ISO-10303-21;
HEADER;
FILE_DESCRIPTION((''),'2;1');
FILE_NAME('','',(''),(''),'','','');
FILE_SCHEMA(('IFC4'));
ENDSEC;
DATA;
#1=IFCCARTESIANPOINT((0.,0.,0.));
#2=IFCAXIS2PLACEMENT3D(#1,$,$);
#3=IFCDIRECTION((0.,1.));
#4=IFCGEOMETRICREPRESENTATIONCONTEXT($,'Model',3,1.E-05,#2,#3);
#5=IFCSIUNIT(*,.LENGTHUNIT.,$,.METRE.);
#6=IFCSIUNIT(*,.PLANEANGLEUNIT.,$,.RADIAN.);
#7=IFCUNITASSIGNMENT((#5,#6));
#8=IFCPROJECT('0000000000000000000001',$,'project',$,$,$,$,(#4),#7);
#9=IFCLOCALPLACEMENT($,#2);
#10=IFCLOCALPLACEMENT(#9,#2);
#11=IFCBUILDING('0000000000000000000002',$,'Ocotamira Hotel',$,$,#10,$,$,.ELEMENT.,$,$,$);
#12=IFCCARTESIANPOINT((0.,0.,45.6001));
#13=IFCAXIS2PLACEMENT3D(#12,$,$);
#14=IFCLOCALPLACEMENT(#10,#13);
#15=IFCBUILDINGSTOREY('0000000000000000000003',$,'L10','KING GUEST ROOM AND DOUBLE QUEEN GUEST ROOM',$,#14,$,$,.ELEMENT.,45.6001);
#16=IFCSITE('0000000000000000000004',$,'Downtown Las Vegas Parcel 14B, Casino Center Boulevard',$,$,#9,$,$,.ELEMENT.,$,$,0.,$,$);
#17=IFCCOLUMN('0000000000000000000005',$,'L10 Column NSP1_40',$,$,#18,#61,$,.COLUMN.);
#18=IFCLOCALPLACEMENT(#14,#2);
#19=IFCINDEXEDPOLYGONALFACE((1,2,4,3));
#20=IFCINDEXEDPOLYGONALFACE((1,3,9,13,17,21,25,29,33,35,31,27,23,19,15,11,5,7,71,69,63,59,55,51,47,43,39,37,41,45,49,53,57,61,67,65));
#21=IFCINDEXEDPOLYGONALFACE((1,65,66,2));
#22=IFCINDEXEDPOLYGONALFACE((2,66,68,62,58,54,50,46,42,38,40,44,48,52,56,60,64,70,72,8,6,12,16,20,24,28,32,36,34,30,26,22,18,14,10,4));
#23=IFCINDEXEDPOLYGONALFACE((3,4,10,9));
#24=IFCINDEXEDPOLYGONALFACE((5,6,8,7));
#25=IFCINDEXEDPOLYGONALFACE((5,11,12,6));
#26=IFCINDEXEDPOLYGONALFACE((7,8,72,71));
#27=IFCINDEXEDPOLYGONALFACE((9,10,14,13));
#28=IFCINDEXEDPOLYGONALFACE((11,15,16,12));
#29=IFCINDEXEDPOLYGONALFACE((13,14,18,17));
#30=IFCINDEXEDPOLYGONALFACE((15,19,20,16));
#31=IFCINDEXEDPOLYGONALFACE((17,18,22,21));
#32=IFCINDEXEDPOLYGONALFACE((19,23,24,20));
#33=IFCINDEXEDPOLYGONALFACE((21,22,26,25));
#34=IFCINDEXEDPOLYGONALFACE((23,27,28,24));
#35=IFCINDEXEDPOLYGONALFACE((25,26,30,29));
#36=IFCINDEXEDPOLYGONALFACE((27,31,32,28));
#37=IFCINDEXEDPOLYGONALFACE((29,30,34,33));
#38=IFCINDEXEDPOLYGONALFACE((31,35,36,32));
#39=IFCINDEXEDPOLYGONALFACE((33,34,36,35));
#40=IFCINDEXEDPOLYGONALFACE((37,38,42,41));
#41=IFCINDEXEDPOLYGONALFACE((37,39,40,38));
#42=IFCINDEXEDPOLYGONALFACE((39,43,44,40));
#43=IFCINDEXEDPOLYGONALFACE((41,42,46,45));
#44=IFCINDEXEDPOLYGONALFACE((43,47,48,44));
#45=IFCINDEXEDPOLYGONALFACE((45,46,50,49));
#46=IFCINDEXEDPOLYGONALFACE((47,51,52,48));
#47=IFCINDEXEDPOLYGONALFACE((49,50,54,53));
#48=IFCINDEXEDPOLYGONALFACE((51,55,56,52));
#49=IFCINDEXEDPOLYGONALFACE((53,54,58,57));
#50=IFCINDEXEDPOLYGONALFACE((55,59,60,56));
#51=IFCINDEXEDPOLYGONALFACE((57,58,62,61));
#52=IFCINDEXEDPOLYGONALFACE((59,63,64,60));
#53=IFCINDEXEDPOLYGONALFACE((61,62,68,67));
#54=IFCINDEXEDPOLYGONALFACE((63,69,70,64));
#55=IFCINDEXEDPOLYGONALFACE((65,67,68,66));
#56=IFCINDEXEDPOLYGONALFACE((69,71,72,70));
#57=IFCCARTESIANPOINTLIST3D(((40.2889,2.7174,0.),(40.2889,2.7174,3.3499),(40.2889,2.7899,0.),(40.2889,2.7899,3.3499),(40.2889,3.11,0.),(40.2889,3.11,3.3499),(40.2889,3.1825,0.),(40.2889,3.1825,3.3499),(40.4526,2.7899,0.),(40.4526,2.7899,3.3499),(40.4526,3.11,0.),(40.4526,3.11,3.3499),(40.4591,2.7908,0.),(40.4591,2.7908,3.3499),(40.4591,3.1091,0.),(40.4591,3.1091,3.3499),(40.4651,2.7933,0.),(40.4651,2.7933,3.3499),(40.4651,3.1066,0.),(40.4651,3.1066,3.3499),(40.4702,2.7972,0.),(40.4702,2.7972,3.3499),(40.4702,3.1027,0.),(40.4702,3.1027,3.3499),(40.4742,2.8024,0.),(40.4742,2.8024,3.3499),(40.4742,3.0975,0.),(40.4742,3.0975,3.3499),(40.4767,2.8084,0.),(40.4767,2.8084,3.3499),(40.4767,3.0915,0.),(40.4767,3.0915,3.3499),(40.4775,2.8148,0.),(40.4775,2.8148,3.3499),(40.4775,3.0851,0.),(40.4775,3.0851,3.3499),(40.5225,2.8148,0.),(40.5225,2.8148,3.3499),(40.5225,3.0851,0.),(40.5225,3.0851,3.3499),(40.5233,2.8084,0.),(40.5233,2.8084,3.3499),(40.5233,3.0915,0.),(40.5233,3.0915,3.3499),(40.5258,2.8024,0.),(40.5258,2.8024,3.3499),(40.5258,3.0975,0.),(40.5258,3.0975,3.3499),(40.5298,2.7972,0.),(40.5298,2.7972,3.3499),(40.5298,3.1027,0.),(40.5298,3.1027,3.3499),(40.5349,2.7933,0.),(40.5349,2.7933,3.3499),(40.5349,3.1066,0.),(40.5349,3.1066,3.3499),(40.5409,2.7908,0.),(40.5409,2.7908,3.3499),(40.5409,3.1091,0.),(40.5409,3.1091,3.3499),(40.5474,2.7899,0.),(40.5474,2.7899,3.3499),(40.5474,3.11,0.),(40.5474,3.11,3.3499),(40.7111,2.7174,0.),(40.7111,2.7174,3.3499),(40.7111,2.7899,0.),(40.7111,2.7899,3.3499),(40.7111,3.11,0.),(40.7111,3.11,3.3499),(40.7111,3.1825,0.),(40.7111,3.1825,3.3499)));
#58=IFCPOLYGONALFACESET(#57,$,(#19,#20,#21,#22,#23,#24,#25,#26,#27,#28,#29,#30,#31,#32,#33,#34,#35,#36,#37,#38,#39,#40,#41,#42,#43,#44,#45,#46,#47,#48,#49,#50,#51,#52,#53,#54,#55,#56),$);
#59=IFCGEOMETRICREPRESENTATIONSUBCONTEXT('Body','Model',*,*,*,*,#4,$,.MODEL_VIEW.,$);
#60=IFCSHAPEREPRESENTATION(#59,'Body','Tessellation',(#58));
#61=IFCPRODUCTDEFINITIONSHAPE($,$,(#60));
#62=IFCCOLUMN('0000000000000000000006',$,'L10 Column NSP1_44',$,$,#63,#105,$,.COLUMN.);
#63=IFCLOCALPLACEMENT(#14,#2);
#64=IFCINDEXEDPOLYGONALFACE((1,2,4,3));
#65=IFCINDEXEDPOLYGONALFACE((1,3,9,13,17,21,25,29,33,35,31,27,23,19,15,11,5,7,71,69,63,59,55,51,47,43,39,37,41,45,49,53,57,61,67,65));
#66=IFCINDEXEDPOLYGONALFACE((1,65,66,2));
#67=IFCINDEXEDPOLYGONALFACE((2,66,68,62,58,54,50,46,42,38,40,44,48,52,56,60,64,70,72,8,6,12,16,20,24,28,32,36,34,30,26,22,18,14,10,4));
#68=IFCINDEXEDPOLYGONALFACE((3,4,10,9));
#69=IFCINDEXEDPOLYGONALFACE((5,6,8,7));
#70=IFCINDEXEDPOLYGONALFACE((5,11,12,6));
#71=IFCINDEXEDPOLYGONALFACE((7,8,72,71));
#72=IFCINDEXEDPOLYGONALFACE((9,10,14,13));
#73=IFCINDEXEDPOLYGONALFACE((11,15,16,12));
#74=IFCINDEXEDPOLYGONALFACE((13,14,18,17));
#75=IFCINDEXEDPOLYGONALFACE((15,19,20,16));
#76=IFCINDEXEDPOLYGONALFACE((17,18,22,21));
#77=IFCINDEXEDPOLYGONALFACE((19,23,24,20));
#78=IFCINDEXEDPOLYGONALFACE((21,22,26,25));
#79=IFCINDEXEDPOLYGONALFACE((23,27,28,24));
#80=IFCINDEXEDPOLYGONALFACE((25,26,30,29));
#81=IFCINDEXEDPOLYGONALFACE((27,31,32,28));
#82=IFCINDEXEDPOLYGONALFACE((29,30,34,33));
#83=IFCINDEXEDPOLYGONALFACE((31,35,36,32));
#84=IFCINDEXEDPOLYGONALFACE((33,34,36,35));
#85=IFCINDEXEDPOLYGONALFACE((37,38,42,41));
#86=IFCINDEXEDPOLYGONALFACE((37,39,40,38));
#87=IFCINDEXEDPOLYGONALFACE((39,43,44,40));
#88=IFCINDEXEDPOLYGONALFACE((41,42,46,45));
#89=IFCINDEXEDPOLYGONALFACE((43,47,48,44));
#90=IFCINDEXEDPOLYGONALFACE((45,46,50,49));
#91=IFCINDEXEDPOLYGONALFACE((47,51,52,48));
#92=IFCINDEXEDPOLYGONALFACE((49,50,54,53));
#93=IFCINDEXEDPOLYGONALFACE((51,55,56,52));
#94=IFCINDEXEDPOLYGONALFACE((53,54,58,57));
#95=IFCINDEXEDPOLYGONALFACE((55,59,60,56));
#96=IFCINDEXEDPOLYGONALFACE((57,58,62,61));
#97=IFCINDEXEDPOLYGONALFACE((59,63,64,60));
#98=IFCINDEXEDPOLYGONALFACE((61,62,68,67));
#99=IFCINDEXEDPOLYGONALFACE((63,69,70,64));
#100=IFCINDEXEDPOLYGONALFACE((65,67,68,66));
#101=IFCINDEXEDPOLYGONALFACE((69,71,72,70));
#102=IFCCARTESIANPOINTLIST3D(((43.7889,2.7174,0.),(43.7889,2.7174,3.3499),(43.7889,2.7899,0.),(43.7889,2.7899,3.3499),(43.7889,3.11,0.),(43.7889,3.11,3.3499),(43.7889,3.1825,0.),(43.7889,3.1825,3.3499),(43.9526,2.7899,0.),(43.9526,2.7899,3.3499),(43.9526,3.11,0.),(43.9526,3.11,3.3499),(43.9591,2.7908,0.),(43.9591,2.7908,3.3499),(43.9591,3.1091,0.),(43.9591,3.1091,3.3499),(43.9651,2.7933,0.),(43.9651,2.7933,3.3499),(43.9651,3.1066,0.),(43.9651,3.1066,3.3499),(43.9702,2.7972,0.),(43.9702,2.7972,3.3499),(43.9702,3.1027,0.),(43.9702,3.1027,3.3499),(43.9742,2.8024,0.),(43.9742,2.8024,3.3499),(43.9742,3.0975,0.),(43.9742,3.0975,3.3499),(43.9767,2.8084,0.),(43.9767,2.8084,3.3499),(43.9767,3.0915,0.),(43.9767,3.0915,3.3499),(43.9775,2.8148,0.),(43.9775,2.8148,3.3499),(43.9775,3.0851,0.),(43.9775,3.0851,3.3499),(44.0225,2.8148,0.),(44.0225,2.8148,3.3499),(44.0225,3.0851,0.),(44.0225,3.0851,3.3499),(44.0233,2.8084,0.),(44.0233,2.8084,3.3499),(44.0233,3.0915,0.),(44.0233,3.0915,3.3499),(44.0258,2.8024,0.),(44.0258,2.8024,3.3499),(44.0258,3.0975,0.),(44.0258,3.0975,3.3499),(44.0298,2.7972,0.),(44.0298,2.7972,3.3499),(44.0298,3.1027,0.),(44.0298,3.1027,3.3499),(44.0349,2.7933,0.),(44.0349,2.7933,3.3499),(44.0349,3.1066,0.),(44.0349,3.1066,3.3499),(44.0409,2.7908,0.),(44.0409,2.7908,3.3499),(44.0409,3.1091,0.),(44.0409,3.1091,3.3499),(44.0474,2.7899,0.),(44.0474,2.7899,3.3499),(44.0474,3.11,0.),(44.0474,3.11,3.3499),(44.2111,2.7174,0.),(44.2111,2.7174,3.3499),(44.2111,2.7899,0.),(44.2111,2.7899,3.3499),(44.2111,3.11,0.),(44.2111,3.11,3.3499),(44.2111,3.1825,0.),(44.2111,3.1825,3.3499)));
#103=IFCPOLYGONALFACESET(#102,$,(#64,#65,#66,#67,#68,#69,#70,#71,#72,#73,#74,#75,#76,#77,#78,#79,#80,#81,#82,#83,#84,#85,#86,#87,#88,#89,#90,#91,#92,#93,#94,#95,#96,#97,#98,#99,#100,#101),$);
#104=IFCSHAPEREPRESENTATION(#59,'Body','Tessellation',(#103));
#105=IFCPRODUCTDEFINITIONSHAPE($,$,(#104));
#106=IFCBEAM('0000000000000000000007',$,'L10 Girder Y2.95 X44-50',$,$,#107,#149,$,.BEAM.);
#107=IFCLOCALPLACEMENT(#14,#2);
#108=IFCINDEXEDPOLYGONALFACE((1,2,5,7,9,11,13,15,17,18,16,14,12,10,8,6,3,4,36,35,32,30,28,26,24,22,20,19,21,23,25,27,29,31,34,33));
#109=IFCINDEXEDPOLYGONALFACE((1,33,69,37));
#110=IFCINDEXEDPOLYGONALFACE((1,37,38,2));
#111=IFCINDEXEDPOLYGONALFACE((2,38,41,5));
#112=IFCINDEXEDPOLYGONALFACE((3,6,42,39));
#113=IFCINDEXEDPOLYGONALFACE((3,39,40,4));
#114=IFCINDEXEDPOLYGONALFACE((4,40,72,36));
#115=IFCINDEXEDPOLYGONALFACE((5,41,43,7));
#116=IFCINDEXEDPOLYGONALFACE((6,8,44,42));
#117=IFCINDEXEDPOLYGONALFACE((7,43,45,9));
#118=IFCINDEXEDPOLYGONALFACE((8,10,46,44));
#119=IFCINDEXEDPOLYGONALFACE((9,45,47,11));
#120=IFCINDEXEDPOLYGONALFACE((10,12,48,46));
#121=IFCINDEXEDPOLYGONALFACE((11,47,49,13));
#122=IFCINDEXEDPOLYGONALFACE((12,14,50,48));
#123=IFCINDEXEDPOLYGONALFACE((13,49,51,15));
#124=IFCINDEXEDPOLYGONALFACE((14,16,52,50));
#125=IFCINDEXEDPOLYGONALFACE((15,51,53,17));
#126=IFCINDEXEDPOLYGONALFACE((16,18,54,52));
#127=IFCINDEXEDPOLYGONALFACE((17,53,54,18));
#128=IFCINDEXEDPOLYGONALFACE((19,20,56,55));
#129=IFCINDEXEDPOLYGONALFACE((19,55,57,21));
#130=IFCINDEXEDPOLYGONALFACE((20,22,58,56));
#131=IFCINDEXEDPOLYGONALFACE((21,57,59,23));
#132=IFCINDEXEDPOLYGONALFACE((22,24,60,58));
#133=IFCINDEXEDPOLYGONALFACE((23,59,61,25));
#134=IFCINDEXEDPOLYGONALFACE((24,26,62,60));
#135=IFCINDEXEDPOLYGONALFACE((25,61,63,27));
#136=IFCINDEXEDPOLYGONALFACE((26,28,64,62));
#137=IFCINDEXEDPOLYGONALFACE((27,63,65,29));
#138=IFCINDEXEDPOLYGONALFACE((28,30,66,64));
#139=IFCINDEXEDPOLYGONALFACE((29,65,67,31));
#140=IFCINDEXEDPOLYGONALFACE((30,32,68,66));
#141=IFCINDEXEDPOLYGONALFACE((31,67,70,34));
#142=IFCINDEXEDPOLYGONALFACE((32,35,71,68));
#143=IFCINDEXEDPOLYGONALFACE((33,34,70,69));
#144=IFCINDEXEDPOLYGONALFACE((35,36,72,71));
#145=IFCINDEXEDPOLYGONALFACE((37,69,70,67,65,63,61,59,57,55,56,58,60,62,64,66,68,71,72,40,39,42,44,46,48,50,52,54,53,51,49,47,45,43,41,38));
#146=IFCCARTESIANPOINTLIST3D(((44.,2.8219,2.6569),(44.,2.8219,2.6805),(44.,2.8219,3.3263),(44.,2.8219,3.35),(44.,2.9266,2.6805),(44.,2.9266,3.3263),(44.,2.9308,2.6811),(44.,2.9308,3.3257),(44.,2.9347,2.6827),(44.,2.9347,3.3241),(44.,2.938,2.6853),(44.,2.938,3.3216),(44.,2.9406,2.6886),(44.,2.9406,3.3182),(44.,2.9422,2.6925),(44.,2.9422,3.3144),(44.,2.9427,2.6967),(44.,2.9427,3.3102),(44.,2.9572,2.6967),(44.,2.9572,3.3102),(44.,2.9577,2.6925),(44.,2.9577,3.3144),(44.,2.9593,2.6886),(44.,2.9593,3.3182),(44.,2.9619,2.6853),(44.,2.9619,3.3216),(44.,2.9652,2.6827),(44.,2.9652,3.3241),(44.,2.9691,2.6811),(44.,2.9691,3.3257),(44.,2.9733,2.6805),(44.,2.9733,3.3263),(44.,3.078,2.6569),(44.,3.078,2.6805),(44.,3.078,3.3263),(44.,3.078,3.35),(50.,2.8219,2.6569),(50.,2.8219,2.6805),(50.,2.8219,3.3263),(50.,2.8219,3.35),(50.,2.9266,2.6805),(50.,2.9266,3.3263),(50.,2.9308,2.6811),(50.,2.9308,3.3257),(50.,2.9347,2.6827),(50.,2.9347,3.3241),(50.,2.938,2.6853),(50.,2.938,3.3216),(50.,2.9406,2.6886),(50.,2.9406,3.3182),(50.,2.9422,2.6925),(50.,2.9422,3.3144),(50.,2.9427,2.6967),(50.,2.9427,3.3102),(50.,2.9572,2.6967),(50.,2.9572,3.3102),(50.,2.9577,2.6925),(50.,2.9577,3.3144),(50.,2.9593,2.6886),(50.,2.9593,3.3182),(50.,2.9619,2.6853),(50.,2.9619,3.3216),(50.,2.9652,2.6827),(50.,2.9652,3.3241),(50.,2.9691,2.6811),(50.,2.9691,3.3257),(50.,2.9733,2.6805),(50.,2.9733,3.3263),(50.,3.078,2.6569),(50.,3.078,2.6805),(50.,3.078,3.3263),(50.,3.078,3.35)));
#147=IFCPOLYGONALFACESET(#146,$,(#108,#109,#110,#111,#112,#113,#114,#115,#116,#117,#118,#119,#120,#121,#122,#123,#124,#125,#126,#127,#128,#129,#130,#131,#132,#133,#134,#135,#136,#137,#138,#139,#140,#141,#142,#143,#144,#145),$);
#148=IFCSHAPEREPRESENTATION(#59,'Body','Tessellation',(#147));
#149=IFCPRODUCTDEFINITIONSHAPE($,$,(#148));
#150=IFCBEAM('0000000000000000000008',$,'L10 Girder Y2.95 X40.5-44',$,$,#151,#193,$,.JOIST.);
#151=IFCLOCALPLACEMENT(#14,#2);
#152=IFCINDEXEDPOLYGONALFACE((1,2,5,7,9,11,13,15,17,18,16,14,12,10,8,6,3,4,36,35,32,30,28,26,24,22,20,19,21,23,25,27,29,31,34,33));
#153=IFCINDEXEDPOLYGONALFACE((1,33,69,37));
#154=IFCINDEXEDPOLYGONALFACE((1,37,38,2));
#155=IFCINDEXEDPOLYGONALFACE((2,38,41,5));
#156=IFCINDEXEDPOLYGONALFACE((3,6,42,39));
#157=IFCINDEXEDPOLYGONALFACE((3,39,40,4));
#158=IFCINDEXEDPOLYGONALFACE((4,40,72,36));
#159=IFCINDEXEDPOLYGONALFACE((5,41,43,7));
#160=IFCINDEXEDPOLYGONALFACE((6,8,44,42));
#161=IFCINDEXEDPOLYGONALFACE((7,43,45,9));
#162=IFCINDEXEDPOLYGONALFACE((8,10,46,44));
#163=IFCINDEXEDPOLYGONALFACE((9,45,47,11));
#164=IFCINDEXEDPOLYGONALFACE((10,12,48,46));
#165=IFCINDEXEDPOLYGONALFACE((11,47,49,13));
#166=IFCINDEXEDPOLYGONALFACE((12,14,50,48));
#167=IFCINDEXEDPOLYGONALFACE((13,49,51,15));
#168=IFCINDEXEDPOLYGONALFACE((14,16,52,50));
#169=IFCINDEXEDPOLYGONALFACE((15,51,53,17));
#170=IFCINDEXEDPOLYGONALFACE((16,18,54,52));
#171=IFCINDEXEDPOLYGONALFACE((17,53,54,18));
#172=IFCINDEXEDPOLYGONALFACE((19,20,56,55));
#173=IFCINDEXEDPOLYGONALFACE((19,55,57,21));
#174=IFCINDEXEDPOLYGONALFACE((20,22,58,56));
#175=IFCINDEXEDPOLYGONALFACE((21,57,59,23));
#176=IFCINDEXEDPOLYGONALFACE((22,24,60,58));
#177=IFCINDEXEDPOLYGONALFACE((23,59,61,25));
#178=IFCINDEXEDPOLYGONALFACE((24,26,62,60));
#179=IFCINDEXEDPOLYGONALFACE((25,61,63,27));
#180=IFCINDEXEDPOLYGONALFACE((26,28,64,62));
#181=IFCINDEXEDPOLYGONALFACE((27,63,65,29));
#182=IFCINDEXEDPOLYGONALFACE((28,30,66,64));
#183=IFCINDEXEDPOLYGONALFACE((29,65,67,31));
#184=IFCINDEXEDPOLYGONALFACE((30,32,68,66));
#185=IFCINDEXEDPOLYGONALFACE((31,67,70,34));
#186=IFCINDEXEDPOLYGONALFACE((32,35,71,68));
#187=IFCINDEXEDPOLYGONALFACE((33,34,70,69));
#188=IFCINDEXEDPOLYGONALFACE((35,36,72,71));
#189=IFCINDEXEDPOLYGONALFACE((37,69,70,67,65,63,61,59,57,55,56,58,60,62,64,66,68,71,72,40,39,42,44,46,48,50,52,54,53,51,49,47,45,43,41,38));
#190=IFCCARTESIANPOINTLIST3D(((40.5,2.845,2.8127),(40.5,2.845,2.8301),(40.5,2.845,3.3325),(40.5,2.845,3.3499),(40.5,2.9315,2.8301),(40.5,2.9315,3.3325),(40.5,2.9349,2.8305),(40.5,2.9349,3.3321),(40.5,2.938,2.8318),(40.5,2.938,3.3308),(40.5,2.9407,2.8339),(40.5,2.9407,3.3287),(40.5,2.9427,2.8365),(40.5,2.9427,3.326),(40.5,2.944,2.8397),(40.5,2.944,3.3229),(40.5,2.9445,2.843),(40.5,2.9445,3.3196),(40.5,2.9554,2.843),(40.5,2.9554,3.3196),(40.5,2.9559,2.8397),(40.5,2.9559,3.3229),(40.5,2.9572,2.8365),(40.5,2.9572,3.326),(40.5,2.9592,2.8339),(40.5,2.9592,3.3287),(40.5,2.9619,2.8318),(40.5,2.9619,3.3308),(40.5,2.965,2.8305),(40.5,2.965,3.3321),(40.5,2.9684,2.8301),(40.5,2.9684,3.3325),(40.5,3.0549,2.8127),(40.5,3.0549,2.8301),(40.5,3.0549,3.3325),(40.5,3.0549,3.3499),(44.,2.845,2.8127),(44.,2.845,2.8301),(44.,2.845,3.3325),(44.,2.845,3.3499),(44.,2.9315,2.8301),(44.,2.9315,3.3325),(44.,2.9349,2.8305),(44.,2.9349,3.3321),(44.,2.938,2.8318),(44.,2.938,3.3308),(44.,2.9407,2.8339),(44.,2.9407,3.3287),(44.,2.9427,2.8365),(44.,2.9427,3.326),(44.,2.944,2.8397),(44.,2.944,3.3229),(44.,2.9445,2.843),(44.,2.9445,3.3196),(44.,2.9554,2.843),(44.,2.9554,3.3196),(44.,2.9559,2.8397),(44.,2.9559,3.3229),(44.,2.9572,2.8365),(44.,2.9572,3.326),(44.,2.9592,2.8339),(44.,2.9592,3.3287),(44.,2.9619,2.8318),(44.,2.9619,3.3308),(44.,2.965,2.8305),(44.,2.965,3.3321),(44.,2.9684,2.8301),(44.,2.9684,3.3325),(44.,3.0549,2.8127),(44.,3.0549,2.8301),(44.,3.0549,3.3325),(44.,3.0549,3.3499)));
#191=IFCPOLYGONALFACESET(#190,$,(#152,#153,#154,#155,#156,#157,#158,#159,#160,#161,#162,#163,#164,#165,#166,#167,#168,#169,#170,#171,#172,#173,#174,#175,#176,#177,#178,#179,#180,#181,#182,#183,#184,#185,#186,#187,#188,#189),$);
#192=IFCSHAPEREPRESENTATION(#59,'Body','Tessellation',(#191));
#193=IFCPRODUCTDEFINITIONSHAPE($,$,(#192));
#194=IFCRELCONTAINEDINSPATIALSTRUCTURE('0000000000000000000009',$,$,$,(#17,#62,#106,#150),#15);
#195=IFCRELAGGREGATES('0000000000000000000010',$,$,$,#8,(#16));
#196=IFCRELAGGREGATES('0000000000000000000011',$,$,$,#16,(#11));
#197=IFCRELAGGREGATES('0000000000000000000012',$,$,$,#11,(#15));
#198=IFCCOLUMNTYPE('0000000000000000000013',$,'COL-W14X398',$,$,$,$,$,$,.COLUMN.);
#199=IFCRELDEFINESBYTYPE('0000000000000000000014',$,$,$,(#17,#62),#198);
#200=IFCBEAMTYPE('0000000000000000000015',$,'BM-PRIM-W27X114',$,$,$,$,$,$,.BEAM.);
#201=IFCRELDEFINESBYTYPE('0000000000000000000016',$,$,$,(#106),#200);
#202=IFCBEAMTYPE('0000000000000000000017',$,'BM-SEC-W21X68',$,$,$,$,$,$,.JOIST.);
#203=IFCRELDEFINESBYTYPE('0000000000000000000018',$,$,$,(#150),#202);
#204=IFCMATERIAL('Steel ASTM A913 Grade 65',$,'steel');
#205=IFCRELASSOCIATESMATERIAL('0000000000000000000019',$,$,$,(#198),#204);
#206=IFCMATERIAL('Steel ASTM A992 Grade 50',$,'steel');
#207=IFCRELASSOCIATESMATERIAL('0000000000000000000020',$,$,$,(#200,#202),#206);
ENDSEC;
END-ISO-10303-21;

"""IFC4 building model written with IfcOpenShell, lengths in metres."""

from ifc_helpers import new_model, si_unit, direction, frame, origin, origin_2d, place, context, subcontext, project, spatial, i_section, extrude, source, transform, mapped, material, material_profile, profile_set, type_object, element, save


model = new_model("IFC4")

# Units and contexts
model_context = context("Model", 3, precision=1e-05, world=origin(), true_north=direction((0.0, 1.0)))
body_context = subcontext(model_context, "Body", "Model", "MODEL_VIEW")
ifc_project = project(units=[si_unit("LENGTHUNIT", "METRE"), si_unit("PLANEANGLEUNIT", "RADIAN")], contexts=[model_context])

# Site, building, storey
site_placement = place(None, origin())
site = spatial("IfcSite", under=ifc_project, at=site_placement, Name="Downtown Las Vegas Parcel 14B, Casino Center Boulevard", CompositionType="ELEMENT", RefElevation=0.0)
building_placement = place(site_placement, origin())
building = spatial("IfcBuilding", under=site, at=building_placement, Name="Ocotamira Hotel", CompositionType="ELEMENT")
storey_placement = place(building_placement, frame((0.0, 0.0, 45.6001)))
storey = spatial("IfcBuildingStorey", under=building, at=storey_placement, Name="L10", Description="KING GUEST ROOM AND DOUBLE QUEEN GUEST ROOM", CompositionType="ELEMENT", Elevation=45.6001)

# Columns
ifc_material_1 = material(Name="Steel ASTM A913 Grade 65", Category="steel")
ifc_material_profile_1 = material_profile(ifc_material_1, i_section(OverallWidth=0.4221, OverallDepth=0.4651, WebThickness=0.0449, FlangeThickness=0.0725, FilletRadius=0.0249, at=origin_2d()), Name="W14X398")
ifc_profile_set_1 = profile_set([ifc_material_profile_1], Name="Steel ASTM A913 Grade 65")
column_type = type_object("IfcColumnType", Name="COL-W14X398", PredefinedType="COLUMN", material=ifc_profile_set_1)
shared_shape_1 = source(origin(), body_context, "Body", "SweptSolid", [
    extrude(i_section(OverallWidth=0.4221, OverallDepth=0.4651, WebThickness=0.0449, FlangeThickness=0.0725, FilletRadius=0.0249, at=origin_2d()), origin(), (0.0, 0.0, 1.0), 3.3499),
])
for number, where, z_axis, x_axis, name in (
    (1, (40.5, 2.95, 0.0), (0.0, 0.0, 1.0), (1.0, 0.0, 0.0), "L10 Column NSP1_40"),
    (2, (44.0, 2.95, 0.0), (0.0, 0.0, 1.0), (1.0, 0.0, 0.0), "L10 Column NSP1_44"),
):
    element("IfcColumn", number, at=place(storey_placement, frame(where, z_axis=z_axis, x_axis=x_axis)), inside=storey, type_object=column_type, Name=name, PredefinedType="COLUMN", context=body_context, shape_type="MappedRepresentation", body=[
        mapped(shared_shape_1, transform((0.0, 0.0, 0.0), scale=1.0)),
    ])

# Beams
ifc_material_2 = material(Name="Steel ASTM A992 Grade 50", Category="steel")
ifc_material_profile_2 = material_profile(ifc_material_2, i_section(OverallWidth=0.2561, OverallDepth=0.6931, WebThickness=0.0144, FlangeThickness=0.0237, FilletRadius=0.0161, at=origin_2d()), Name="W27X114")
ifc_profile_set_2 = profile_set([ifc_material_profile_2], Name="Steel ASTM A992 Grade 50")
beam_type_1 = type_object("IfcBeamType", Name="BM-PRIM-W27X114", PredefinedType="BEAM", material=ifc_profile_set_2)
shared_shape_2 = source(origin(), body_context, "Body", "SweptSolid", [
    extrude(i_section(OverallWidth=0.2561, OverallDepth=0.6931, WebThickness=0.0144, FlangeThickness=0.0237, FilletRadius=0.0161, at=origin_2d()), origin(), (0.0, 0.0, 1.0), 6.0),
])
beam_1_placement = place(storey_placement, frame((44.0, 2.95, 3.0034), z_axis=(1.0, 0.0, 0.0), x_axis=(0.0, 1.0, 0.0)))
element("IfcBeam", 3, at=beam_1_placement, inside=storey, type_object=beam_type_1, Name="L10 Girder Y2.95 X44-50", PredefinedType="BEAM", context=body_context, shape_type="MappedRepresentation", body=[
    mapped(shared_shape_2, transform((0.0, 0.0, 0.0), scale=1.0)),
])
ifc_material_profile_3 = material_profile(ifc_material_2, i_section(OverallWidth=0.21, OverallDepth=0.5371, WebThickness=0.011, FlangeThickness=0.0173, FilletRadius=0.0129, at=origin_2d()), Name="W21X68")
ifc_profile_set_3 = profile_set([ifc_material_profile_3], Name="Steel ASTM A992 Grade 50")
beam_type_2 = type_object("IfcBeamType", Name="BM-SEC-W21X68", PredefinedType="JOIST", material=ifc_profile_set_3)
shared_shape_3 = source(origin(), body_context, "Body", "SweptSolid", [
    extrude(i_section(OverallWidth=0.21, OverallDepth=0.5371, WebThickness=0.011, FlangeThickness=0.0173, FilletRadius=0.0129, at=origin_2d()), origin(), (0.0, 0.0, 1.0), 3.5),
])
beam_2_placement = place(storey_placement, frame((40.5, 2.95, 3.0813), z_axis=(1.0, 0.0, 0.0), x_axis=(0.0, 1.0, 0.0)))
element("IfcBeam", 4, at=beam_2_placement, inside=storey, type_object=beam_type_2, Name="L10 Girder Y2.95 X40.5-44", PredefinedType="JOIST", context=body_context, shape_type="MappedRepresentation", body=[
    mapped(shared_shape_3, transform((0.0, 0.0, 0.0), scale=1.0)),
])

save(model, "model.ifc")
